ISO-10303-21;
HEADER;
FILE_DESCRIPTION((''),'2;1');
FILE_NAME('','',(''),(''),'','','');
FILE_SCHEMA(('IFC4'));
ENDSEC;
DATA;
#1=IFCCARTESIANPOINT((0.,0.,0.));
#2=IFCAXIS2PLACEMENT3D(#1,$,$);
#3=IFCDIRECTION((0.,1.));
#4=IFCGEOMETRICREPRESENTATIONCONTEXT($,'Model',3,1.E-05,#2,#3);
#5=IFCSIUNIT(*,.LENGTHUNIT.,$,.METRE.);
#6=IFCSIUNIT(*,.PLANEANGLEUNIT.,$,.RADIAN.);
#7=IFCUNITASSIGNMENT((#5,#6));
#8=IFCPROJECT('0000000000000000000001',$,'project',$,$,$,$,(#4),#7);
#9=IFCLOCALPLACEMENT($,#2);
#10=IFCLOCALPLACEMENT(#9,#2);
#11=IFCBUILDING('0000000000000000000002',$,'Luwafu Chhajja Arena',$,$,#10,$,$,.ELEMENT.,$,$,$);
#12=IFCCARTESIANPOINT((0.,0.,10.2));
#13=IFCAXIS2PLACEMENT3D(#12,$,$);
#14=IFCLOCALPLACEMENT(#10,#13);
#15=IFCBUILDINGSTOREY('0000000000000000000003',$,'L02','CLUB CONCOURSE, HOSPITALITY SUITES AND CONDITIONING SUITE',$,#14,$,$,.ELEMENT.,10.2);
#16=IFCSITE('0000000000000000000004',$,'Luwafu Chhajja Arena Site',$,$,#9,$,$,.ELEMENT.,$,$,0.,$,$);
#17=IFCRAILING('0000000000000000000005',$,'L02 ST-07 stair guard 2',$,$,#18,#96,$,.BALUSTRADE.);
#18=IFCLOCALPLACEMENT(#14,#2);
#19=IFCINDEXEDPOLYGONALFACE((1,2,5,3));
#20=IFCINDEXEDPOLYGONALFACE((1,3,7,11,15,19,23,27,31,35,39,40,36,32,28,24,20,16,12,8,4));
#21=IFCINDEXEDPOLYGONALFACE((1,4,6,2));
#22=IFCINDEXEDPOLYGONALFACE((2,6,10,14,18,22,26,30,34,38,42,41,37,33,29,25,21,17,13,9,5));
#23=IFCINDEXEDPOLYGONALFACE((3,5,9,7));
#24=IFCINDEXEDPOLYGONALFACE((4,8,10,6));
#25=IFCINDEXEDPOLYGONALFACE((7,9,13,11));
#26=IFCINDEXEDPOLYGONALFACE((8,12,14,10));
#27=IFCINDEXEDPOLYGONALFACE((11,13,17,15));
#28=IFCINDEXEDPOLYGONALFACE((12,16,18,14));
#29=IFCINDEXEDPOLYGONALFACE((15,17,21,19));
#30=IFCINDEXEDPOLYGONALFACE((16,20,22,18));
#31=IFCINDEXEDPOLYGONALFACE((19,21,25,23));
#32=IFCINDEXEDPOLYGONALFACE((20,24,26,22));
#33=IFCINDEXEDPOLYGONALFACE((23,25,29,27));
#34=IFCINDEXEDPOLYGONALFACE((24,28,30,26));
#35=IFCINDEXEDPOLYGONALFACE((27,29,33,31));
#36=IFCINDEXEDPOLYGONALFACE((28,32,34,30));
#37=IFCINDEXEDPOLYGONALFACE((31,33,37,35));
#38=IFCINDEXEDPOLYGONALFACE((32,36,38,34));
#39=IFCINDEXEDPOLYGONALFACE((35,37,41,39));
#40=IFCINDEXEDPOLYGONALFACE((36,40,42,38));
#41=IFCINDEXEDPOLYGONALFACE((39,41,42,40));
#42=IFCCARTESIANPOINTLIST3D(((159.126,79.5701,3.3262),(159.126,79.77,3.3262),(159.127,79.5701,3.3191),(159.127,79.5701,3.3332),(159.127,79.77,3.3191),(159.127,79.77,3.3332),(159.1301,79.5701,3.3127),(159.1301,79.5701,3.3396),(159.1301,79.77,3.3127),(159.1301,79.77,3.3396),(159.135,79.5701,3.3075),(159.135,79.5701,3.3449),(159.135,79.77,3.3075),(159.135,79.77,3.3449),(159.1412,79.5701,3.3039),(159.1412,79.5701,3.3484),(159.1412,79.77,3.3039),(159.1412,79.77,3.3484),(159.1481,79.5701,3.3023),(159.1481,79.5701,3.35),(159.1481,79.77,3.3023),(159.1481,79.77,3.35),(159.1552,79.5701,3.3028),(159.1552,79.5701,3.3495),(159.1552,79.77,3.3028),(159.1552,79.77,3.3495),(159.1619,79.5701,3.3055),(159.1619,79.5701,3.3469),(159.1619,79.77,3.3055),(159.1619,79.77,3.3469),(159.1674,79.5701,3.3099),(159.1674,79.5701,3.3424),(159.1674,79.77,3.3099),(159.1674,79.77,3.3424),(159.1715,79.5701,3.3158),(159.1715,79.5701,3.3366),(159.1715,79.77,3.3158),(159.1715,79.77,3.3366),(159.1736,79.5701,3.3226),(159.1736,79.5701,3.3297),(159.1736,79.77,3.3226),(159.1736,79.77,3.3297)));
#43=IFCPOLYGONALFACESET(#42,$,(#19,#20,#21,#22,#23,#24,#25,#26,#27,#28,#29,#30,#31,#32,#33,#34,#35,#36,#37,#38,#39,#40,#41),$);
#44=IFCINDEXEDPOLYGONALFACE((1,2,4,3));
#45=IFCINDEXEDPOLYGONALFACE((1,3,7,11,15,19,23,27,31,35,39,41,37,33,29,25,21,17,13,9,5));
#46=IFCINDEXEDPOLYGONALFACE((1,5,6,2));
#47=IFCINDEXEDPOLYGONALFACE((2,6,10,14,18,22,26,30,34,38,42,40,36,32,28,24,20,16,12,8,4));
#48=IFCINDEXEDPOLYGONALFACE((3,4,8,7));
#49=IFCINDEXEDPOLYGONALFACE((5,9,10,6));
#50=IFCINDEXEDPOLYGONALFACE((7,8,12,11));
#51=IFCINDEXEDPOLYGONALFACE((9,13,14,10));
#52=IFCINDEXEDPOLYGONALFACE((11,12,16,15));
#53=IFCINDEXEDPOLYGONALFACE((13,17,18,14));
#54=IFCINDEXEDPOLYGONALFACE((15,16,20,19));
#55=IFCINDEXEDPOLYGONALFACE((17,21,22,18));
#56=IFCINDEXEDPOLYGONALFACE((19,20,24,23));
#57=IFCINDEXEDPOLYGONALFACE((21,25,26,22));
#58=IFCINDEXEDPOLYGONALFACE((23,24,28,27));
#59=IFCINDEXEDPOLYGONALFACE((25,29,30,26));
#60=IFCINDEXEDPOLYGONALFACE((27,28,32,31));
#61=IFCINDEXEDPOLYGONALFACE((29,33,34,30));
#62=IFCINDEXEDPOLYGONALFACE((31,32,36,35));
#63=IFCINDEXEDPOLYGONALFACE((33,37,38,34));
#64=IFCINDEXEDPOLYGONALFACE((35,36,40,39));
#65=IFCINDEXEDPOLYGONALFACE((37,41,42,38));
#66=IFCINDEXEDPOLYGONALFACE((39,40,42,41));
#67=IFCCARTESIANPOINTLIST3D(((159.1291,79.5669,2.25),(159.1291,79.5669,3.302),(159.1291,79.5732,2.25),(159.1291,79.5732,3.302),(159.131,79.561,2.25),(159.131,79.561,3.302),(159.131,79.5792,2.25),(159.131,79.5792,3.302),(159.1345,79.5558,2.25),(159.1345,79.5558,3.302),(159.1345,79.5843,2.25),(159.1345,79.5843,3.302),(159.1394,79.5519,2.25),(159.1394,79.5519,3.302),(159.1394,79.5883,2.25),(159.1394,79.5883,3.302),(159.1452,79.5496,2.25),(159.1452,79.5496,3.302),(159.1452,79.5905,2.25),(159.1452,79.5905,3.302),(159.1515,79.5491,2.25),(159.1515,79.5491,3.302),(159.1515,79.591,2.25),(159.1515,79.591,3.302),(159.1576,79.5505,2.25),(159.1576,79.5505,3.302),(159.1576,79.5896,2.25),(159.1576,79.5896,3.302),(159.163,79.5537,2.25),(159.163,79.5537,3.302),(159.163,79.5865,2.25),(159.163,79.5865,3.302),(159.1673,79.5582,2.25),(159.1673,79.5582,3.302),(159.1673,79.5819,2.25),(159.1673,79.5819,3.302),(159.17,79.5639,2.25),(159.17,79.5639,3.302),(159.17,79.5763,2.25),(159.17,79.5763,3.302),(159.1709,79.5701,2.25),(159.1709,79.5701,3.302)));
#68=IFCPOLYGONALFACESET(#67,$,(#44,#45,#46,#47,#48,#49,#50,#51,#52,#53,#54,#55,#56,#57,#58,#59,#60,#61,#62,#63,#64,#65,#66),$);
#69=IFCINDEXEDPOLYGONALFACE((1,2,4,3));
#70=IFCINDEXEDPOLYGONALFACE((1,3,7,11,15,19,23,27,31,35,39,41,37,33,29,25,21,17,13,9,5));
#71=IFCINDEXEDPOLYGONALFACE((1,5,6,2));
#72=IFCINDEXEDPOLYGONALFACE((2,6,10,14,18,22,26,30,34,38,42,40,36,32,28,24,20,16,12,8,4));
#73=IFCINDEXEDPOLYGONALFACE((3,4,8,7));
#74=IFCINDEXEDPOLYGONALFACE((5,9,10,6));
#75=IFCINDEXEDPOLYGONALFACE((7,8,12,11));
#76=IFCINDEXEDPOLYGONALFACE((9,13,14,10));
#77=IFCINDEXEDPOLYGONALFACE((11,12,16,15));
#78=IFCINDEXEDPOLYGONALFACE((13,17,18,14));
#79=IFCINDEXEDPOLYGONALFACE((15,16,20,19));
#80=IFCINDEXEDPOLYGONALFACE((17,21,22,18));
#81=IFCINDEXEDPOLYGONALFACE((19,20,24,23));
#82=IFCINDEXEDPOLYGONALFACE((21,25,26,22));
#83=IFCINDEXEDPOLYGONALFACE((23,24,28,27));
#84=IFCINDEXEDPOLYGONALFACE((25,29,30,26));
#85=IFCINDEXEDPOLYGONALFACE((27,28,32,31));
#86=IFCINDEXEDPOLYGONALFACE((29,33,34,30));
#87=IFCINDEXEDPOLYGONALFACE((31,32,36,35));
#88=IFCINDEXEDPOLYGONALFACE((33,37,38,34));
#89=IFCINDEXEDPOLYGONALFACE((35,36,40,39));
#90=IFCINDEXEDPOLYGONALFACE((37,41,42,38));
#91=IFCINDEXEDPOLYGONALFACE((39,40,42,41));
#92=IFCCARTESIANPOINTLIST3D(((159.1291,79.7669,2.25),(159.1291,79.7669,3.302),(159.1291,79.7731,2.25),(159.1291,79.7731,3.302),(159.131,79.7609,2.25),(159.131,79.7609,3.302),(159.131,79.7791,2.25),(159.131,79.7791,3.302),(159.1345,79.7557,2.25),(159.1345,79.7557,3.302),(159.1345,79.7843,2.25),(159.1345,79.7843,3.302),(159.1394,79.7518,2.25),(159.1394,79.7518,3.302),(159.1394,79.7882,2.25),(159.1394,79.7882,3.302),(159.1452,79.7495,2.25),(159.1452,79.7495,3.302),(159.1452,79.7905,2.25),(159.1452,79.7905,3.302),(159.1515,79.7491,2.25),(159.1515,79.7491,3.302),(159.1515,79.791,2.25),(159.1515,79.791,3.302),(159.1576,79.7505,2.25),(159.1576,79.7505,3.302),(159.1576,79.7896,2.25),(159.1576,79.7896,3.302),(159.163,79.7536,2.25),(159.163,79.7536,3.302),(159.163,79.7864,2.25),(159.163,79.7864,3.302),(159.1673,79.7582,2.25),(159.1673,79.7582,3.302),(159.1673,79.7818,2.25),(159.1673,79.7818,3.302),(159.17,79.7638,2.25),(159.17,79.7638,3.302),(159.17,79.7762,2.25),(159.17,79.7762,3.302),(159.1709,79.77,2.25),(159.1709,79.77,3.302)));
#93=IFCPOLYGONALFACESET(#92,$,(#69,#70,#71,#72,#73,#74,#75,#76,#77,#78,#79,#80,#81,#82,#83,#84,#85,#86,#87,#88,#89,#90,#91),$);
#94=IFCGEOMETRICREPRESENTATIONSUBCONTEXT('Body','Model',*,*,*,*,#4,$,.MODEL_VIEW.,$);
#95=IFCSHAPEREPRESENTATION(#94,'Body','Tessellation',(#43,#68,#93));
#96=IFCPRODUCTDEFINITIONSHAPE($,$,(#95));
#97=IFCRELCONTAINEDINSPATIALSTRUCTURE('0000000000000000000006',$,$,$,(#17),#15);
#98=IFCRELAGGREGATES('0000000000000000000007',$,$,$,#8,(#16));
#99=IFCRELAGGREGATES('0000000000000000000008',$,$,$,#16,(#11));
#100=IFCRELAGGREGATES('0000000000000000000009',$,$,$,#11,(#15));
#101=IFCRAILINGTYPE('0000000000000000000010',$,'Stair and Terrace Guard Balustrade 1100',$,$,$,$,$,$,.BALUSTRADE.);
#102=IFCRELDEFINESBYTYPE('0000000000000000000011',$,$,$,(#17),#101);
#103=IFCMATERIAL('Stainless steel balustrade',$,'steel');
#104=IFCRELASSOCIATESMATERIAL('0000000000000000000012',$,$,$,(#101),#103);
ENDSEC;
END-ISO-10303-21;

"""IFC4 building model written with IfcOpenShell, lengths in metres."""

from ifc_helpers import new_model, si_unit, direction, frame, origin, origin_2d, place, context, subcontext, project, spatial, circle, extrude, material, type_object, element, save


model = new_model("IFC4")

# Units and contexts
model_context = context("Model", 3, precision=1e-05, world=origin(), true_north=direction((0.0, 1.0)))
body_context = subcontext(model_context, "Body", "Model", "MODEL_VIEW")
ifc_project = project(units=[si_unit("LENGTHUNIT", "METRE"), si_unit("PLANEANGLEUNIT", "RADIAN")], contexts=[model_context])

# Site, building, storey
site_placement = place(None, origin())
site = spatial("IfcSite", under=ifc_project, at=site_placement, Name="Luwafu Chhajja Arena Site", CompositionType="ELEMENT", RefElevation=0.0)
building_placement = place(site_placement, origin())
building = spatial("IfcBuilding", under=site, at=building_placement, Name="Luwafu Chhajja Arena", CompositionType="ELEMENT")
storey_placement = place(building_placement, frame((0.0, 0.0, 10.2)))
storey = spatial("IfcBuildingStorey", under=building, at=storey_placement, Name="L02", Description="CLUB CONCOURSE, HOSPITALITY SUITES AND CONDITIONING SUITE", CompositionType="ELEMENT", Elevation=10.2)

# Railing
ifc_material_1 = material(Name="Stainless steel balustrade", Category="steel")
railing_type_1 = type_object("IfcRailingType", Name="Stair and Terrace Guard Balustrade 1100", PredefinedType="BALUSTRADE", material=ifc_material_1)
railing_1_placement = place(storey_placement, frame((159.1499, 79.5701, 2.25)))
element("IfcRailing", 1, at=railing_1_placement, inside=storey, type_object=railing_type_1, Name="L02 ST-07 stair guard 2", PredefinedType="BALUSTRADE", context=body_context, shape_type="SweptSolid", body=[
    extrude(circle(Radius=0.0239, at=origin_2d()), frame((0.0, 0.0, 1.0762), z_axis=(0.0, 1.0, 0.0), x_axis=(-1.0, 0.0, 0.0)), (0.0, 0.0, 1.0), 0.2),
    extrude(circle(Radius=0.021, at=origin_2d()), origin(), (0.0, 0.0, 1.0), 1.052),
    extrude(circle(Radius=0.021, at=origin_2d()), frame((0.0, 0.2, 0.0)), (0.0, 0.0, 1.0), 1.052),
])

save(model, "model.ifc")
